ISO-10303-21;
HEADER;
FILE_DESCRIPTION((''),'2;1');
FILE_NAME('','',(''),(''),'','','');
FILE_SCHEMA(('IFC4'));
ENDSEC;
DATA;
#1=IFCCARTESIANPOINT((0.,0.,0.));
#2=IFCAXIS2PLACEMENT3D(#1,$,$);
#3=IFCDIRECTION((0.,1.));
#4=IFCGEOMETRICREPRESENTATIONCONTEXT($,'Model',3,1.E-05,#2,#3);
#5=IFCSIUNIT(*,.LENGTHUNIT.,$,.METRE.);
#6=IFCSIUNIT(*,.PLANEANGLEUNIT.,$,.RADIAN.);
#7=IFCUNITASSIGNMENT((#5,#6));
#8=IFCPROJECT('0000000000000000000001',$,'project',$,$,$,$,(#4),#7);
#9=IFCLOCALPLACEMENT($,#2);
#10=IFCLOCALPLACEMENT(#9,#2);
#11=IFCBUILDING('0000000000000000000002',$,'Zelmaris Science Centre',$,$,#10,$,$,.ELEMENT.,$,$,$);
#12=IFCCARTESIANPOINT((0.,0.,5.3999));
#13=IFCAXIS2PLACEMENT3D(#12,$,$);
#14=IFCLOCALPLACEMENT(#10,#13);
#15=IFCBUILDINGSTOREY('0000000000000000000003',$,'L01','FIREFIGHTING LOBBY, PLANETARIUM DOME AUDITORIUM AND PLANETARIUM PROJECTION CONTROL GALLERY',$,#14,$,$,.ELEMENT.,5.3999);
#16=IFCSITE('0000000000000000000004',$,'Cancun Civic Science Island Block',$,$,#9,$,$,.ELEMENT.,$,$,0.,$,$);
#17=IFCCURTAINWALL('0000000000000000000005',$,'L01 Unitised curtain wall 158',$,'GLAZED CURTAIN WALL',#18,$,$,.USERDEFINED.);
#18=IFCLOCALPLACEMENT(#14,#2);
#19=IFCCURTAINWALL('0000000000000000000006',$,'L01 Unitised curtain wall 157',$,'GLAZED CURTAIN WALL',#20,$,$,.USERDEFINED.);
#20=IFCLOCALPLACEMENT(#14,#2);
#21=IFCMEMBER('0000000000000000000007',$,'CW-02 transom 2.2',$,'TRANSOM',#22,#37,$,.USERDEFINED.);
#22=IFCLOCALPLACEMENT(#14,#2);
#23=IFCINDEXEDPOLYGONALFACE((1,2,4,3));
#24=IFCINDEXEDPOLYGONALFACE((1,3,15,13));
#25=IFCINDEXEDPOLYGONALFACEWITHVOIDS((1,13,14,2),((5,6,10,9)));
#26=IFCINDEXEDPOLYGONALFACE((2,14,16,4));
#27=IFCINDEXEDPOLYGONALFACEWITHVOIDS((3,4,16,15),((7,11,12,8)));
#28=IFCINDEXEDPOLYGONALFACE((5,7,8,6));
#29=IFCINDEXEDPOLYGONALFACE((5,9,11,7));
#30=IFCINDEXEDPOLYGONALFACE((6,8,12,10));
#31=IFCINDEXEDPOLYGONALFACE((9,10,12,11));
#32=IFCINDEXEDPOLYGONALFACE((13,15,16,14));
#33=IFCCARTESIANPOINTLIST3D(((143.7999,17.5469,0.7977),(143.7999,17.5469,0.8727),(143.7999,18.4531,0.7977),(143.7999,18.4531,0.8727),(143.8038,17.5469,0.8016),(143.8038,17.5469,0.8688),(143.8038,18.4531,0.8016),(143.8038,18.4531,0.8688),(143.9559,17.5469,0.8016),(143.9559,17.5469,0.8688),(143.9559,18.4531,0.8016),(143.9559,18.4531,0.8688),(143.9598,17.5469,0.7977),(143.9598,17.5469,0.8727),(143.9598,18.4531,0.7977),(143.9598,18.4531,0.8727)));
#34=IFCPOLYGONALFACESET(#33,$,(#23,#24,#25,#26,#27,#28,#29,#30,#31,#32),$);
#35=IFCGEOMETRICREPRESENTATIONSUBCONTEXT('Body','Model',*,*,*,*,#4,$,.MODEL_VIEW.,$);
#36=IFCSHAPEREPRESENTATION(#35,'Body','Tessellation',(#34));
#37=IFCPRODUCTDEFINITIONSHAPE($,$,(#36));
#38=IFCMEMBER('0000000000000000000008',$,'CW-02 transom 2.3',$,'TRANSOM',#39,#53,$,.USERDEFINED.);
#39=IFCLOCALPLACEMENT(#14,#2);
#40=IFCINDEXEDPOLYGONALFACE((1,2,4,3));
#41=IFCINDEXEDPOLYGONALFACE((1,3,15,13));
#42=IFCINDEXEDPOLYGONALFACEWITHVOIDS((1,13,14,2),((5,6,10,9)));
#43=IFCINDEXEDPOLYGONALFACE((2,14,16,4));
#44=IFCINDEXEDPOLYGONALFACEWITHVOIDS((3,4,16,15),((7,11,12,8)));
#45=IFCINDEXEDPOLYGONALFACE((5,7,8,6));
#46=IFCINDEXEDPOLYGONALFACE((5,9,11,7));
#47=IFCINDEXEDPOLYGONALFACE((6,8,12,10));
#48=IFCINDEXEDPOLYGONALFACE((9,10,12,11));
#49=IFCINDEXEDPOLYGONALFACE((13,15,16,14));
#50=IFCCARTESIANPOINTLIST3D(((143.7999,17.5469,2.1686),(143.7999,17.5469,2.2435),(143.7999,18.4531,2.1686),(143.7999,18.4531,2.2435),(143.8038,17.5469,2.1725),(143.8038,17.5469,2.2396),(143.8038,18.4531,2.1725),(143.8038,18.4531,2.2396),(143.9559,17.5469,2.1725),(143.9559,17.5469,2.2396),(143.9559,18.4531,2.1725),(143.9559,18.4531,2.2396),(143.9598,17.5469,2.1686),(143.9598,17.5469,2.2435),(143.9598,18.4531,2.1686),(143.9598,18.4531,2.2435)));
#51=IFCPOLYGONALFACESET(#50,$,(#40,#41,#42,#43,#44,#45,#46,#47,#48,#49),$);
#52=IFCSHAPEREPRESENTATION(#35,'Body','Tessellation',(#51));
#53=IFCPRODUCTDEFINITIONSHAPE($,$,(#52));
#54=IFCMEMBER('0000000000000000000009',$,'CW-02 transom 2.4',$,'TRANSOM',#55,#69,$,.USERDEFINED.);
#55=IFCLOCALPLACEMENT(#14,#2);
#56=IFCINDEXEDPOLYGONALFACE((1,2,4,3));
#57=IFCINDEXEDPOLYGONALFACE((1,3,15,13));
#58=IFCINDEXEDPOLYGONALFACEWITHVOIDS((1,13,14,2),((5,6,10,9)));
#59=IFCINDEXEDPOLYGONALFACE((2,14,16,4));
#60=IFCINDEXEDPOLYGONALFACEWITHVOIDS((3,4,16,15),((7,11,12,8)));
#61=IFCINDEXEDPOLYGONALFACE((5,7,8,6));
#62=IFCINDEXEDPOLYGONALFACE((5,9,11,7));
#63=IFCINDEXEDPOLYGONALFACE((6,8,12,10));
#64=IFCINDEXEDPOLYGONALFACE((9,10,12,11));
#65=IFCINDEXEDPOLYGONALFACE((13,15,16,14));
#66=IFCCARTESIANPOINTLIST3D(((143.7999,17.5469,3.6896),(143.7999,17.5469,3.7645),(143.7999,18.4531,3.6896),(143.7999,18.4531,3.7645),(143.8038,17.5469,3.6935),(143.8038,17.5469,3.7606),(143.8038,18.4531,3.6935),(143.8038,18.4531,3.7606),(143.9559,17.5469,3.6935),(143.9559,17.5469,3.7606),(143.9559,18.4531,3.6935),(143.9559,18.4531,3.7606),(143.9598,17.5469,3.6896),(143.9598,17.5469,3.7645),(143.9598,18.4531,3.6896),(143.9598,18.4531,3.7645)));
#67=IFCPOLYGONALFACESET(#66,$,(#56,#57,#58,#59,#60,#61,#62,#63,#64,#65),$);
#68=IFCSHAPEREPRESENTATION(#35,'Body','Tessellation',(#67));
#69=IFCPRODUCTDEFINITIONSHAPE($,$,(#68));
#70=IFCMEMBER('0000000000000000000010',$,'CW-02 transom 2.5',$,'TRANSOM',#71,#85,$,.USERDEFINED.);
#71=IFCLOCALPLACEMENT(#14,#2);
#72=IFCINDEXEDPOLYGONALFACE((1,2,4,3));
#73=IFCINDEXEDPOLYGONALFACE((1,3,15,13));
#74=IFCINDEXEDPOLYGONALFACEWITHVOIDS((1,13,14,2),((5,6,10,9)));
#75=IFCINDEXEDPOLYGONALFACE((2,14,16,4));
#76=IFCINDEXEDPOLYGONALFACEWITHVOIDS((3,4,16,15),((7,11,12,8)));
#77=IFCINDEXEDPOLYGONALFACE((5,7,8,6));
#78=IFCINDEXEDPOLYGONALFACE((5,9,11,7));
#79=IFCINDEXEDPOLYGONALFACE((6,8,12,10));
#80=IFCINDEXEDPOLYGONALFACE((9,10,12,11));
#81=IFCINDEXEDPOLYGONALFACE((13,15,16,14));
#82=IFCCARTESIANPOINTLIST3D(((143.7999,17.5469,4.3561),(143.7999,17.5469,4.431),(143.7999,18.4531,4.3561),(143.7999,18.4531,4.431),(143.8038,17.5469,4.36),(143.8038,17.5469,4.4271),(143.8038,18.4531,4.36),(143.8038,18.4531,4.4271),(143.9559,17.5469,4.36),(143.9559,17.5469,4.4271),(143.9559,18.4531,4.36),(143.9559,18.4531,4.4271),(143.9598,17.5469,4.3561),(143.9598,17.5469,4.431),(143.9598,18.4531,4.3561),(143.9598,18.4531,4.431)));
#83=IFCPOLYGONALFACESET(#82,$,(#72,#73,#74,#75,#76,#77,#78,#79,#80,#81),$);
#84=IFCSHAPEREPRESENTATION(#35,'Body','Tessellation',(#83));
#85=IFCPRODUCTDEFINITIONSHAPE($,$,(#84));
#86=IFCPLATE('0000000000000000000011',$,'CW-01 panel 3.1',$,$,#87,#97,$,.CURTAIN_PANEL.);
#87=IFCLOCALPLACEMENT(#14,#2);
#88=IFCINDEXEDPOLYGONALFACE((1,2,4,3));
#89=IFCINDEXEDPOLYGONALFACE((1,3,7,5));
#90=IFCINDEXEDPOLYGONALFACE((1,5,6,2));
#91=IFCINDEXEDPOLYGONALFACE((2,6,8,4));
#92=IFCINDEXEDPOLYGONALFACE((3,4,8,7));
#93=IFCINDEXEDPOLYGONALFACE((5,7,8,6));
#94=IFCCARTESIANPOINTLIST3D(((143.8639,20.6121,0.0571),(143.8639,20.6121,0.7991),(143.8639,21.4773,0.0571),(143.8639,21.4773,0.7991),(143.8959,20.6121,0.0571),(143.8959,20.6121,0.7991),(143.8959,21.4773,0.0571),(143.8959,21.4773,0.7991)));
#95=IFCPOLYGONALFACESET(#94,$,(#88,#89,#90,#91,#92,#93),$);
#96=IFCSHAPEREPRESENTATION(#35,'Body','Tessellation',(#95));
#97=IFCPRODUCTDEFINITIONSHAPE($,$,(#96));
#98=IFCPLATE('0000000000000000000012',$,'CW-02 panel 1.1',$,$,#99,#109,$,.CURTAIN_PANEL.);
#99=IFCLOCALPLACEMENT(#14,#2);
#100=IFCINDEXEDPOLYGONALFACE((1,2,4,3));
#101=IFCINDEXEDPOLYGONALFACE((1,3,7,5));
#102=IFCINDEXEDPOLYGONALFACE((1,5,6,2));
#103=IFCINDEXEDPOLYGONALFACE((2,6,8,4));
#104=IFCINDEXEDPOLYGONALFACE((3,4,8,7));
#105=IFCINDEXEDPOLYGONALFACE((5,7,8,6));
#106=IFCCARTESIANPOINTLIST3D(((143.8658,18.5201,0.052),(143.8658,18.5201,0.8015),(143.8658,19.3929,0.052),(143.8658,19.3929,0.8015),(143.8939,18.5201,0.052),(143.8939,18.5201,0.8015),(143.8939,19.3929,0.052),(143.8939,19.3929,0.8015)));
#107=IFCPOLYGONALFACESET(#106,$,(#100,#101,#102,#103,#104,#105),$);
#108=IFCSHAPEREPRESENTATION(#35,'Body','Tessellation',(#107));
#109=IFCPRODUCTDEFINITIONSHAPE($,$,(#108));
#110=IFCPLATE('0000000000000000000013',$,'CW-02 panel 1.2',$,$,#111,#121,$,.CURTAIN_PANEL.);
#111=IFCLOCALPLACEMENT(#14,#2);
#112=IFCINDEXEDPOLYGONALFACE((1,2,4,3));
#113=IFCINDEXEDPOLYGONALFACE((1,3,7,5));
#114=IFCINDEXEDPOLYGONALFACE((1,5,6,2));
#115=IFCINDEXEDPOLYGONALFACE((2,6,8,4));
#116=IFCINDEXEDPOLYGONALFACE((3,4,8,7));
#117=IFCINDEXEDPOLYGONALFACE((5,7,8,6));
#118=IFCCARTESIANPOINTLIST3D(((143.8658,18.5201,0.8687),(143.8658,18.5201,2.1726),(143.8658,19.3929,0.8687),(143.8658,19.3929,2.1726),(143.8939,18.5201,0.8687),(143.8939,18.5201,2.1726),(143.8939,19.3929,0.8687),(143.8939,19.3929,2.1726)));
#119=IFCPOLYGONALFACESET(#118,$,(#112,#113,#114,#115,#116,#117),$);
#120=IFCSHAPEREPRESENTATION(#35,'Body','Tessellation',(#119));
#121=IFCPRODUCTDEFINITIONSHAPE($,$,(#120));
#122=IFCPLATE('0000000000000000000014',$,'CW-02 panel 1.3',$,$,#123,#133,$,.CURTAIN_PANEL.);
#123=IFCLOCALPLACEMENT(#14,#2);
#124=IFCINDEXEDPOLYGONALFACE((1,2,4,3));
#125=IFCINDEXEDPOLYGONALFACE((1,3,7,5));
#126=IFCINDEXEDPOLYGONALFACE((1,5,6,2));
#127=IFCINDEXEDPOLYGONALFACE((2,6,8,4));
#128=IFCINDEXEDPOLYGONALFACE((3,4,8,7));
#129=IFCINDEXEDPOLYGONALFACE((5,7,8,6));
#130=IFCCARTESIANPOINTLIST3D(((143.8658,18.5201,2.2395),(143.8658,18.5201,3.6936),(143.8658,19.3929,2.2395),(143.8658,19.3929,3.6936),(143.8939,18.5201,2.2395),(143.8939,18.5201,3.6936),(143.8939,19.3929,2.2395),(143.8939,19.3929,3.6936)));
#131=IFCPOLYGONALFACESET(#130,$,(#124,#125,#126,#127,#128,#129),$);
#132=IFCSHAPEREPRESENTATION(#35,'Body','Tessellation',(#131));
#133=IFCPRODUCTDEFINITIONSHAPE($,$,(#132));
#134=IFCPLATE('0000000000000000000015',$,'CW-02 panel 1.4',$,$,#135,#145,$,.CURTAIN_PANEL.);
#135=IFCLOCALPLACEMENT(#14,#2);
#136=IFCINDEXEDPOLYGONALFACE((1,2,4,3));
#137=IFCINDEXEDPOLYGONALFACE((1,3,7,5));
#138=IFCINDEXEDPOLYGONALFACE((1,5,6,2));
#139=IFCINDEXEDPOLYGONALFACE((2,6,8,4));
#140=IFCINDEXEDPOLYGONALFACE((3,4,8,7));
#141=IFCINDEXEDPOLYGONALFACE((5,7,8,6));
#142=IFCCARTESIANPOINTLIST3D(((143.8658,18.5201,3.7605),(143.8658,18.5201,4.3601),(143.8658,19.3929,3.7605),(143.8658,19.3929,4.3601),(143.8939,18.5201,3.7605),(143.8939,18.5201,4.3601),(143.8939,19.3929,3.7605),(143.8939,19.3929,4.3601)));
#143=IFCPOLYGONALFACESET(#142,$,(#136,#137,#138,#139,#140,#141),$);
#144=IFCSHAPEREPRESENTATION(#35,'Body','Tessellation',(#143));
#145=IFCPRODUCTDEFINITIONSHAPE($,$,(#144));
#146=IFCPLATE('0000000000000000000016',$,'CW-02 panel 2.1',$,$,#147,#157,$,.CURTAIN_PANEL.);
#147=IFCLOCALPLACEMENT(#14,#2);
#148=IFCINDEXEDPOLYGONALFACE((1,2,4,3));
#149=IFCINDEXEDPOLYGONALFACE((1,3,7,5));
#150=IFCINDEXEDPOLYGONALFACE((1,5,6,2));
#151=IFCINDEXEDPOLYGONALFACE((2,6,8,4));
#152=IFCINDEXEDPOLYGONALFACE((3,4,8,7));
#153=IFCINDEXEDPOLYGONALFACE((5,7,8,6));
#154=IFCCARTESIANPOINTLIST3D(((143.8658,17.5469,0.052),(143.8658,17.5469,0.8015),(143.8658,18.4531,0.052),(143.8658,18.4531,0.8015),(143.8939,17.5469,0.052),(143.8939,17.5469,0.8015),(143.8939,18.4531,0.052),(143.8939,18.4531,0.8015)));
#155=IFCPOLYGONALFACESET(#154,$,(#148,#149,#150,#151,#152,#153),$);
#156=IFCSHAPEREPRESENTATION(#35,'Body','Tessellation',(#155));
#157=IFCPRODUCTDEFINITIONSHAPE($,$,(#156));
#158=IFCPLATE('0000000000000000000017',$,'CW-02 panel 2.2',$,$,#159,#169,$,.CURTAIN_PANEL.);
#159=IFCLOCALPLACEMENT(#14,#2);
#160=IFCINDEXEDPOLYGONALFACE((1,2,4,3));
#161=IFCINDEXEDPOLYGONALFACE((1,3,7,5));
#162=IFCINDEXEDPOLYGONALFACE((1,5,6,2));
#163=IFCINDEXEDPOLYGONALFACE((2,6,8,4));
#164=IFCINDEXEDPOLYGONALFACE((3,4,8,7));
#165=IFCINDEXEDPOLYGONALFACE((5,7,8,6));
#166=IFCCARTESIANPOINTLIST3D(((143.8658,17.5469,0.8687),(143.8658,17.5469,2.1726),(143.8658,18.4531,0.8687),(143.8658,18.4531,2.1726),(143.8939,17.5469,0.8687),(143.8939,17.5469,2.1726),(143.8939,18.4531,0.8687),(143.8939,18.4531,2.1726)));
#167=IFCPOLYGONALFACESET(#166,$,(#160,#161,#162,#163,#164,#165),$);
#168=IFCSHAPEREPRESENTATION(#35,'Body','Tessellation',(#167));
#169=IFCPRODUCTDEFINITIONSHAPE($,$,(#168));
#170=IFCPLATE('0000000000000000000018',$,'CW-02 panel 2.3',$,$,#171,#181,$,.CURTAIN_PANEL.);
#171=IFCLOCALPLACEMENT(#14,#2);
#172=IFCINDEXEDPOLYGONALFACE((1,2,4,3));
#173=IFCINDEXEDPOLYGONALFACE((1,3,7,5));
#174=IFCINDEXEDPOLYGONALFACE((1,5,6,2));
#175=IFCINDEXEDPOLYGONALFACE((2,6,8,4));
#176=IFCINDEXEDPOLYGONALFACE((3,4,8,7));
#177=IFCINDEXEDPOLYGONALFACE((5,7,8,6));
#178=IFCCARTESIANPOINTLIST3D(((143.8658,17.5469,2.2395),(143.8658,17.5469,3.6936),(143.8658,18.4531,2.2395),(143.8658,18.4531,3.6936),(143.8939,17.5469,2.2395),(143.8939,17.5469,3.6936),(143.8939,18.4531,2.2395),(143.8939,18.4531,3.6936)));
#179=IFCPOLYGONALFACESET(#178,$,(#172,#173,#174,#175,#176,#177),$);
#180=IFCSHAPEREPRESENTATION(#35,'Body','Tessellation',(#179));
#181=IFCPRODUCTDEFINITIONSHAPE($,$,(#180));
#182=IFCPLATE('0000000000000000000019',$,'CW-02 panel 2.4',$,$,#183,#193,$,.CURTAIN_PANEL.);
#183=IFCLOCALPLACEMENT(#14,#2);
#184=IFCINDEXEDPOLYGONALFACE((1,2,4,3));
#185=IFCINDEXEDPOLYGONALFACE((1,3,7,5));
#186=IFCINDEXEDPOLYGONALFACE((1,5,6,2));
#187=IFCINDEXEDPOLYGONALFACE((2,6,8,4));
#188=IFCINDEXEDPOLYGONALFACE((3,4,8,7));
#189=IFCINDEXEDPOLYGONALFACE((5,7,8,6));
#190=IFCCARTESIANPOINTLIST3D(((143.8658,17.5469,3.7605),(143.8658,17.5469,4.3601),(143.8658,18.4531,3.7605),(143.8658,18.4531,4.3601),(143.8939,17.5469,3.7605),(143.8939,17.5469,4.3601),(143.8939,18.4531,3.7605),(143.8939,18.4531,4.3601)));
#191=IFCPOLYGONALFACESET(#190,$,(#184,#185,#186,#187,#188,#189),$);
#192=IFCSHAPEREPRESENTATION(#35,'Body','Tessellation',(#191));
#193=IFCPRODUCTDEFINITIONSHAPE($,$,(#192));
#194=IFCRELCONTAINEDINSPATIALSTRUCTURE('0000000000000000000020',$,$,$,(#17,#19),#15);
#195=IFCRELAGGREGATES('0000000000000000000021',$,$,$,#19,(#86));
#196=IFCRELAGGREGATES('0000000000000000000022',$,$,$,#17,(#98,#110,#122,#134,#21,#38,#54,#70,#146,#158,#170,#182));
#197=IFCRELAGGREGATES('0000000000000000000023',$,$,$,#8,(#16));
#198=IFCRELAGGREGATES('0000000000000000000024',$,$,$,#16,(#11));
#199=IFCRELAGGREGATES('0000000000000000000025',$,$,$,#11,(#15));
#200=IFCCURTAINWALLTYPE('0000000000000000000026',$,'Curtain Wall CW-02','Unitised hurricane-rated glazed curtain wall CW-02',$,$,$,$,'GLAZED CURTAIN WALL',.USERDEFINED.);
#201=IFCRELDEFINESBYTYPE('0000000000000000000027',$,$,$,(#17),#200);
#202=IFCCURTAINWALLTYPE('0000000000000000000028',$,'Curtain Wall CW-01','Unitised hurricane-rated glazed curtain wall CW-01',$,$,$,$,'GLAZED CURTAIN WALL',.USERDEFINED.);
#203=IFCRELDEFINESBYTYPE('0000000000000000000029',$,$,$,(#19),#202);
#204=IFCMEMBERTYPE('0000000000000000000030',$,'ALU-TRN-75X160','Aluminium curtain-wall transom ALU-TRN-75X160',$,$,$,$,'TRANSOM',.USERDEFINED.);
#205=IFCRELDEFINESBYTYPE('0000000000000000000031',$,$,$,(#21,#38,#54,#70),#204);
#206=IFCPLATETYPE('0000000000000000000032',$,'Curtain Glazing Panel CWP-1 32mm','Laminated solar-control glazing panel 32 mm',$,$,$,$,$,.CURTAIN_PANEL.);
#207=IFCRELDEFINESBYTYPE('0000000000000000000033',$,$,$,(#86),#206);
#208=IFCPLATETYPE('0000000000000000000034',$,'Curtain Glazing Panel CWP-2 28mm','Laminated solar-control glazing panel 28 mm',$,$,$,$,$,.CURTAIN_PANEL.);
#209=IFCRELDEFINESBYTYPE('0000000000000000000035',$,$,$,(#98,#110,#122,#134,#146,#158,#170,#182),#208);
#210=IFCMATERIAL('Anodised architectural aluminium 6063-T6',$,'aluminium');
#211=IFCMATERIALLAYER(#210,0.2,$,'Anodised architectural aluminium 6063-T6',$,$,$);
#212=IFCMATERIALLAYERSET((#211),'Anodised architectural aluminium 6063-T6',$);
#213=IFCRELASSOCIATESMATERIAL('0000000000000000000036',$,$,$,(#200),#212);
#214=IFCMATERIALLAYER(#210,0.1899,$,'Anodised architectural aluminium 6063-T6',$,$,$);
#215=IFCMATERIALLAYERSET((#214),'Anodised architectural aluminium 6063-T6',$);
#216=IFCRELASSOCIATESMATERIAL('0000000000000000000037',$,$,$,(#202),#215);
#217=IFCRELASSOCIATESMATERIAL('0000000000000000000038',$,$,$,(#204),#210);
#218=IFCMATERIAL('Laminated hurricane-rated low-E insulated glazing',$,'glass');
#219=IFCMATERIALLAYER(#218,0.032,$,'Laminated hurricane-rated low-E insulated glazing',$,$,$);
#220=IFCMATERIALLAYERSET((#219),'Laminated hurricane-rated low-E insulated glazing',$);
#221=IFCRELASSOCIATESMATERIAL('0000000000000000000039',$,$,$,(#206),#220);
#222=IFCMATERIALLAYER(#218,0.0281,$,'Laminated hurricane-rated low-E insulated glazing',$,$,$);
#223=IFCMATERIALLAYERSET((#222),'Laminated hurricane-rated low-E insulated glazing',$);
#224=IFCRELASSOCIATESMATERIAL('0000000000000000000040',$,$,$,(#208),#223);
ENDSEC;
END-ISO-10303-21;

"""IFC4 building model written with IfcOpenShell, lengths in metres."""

from ifc_helpers import new_model, si_unit, direction, frame, origin, origin_2d, place, context, subcontext, project, spatial, rectangle, hollow_rectangle, extrude, material, layer, layer_set, material_profile, profile_set, type_object, element, aggregate, save


model = new_model("IFC4")

# Units and contexts
model_context = context("Model", 3, precision=1e-05, world=origin(), true_north=direction((0.0, 1.0)))
body_context = subcontext(model_context, "Body", "Model", "MODEL_VIEW")
ifc_project = project(units=[si_unit("LENGTHUNIT", "METRE"), si_unit("PLANEANGLEUNIT", "RADIAN")], contexts=[model_context])

# Site, building, storey
site_placement = place(None, origin())
site = spatial("IfcSite", under=ifc_project, at=site_placement, Name="Cancun Civic Science Island Block", CompositionType="ELEMENT", RefElevation=0.0)
building_placement = place(site_placement, origin())
building = spatial("IfcBuilding", under=site, at=building_placement, Name="Zelmaris Science Centre", CompositionType="ELEMENT")
storey_placement = place(building_placement, frame((0.0, 0.0, 5.3999)))
storey = spatial("IfcBuildingStorey", under=building, at=storey_placement, Name="L01", Description="FIREFIGHTING LOBBY, PLANETARIUM DOME AUDITORIUM AND PLANETARIUM PROJECTION CONTROL GALLERY", CompositionType="ELEMENT", Elevation=5.3999)

# Curtain wall
ifc_material_1 = material(Name="Anodised architectural aluminium 6063-T6", Category="aluminium")
ifc_layer_1 = layer(ifc_material_1, 0.2, Name="Anodised architectural aluminium 6063-T6")
ifc_layer_set_1 = layer_set([ifc_layer_1], Name="Anodised architectural aluminium 6063-T6")
curtain_wall_type_1 = type_object("IfcCurtainWallType", Name="Curtain Wall CW-02", Description="Unitised hurricane-rated glazed curtain wall CW-02", ElementType="GLAZED CURTAIN WALL", PredefinedType="USERDEFINED", material=ifc_layer_set_1)
curtain_wall_1_placement = place(storey_placement, origin())
curtain_wall_1 = element("IfcCurtainWall", 1, at=curtain_wall_1_placement, inside=storey, type_object=curtain_wall_type_1, Name="L01 Unitised curtain wall 158", ObjectType="GLAZED CURTAIN WALL", PredefinedType="USERDEFINED")

# Curtain wall
ifc_layer_2 = layer(ifc_material_1, 0.1899, Name="Anodised architectural aluminium 6063-T6")
ifc_layer_set_2 = layer_set([ifc_layer_2], Name="Anodised architectural aluminium 6063-T6")
curtain_wall_type_2 = type_object("IfcCurtainWallType", Name="Curtain Wall CW-01", Description="Unitised hurricane-rated glazed curtain wall CW-01", ElementType="GLAZED CURTAIN WALL", PredefinedType="USERDEFINED", material=ifc_layer_set_2)
curtain_wall_2_placement = place(storey_placement, origin())
curtain_wall_2 = element("IfcCurtainWall", 2, at=curtain_wall_2_placement, inside=storey, type_object=curtain_wall_type_2, Name="L01 Unitised curtain wall 157", ObjectType="GLAZED CURTAIN WALL", PredefinedType="USERDEFINED")

# Members
ifc_material_profile_1 = material_profile(ifc_material_1, hollow_rectangle(XDim=0.075, YDim=0.1599, WallThickness=0.0039, at=origin_2d()), Name="ALU-TRN-75X160")
ifc_profile_set_1 = profile_set([ifc_material_profile_1], Name="Anodised architectural aluminium 6063-T6")
member_type_1 = type_object("IfcMemberType", Name="ALU-TRN-75X160", Description="Aluminium curtain-wall transom ALU-TRN-75X160", ElementType="TRANSOM", PredefinedType="USERDEFINED", material=ifc_profile_set_1)
member_1_placement = place(storey_placement, frame((143.8799, 18.4531, 0.8352), z_axis=(0.0, -1.0, 0.0), x_axis=(0.0, 0.0, 1.0)))
member_1 = element("IfcMember", 3, at=member_1_placement, type_object=member_type_1, Name="CW-02 transom 2.2", ObjectType="TRANSOM", PredefinedType="USERDEFINED", context=body_context, shape_type="SweptSolid", body=[
    extrude(hollow_rectangle(XDim=0.075, YDim=0.1599, WallThickness=0.0039, at=origin_2d()), origin(), (0.0, 0.0, 1.0), 0.9062),
])
member_2_placement = place(storey_placement, frame((143.8799, 18.4531, 2.2061), z_axis=(0.0, -1.0, 0.0), x_axis=(0.0, 0.0, 1.0)))
member_2 = element("IfcMember", 4, at=member_2_placement, type_object=member_type_1, Name="CW-02 transom 2.3", ObjectType="TRANSOM", PredefinedType="USERDEFINED", context=body_context, shape_type="SweptSolid", body=[
    extrude(hollow_rectangle(XDim=0.075, YDim=0.1599, WallThickness=0.0039, at=origin_2d()), origin(), (0.0, 0.0, 1.0), 0.9062),
])
member_3_placement = place(storey_placement, frame((143.8799, 18.4531, 3.7271), z_axis=(0.0, -1.0, 0.0), x_axis=(0.0, 0.0, 1.0)))
member_3 = element("IfcMember", 5, at=member_3_placement, type_object=member_type_1, Name="CW-02 transom 2.4", ObjectType="TRANSOM", PredefinedType="USERDEFINED", context=body_context, shape_type="SweptSolid", body=[
    extrude(hollow_rectangle(XDim=0.075, YDim=0.1599, WallThickness=0.0039, at=origin_2d()), origin(), (0.0, 0.0, 1.0), 0.9062),
])
member_4_placement = place(storey_placement, frame((143.8799, 18.4531, 4.3936), z_axis=(0.0, -1.0, 0.0), x_axis=(0.0, 0.0, 1.0)))
member_4 = element("IfcMember", 6, at=member_4_placement, type_object=member_type_1, Name="CW-02 transom 2.5", ObjectType="TRANSOM", PredefinedType="USERDEFINED", context=body_context, shape_type="SweptSolid", body=[
    extrude(hollow_rectangle(XDim=0.075, YDim=0.1599, WallThickness=0.0039, at=origin_2d()), origin(), (0.0, 0.0, 1.0), 0.9062),
])

# Plates
ifc_material_2 = material(Name="Laminated hurricane-rated low-E insulated glazing", Category="glass")
ifc_layer_3 = layer(ifc_material_2, 0.032, Name="Laminated hurricane-rated low-E insulated glazing")
ifc_layer_set_3 = layer_set([ifc_layer_3], Name="Laminated hurricane-rated low-E insulated glazing")
plate_type_1 = type_object("IfcPlateType", Name="Curtain Glazing Panel CWP-1 32mm", Description="Laminated solar-control glazing panel 32 mm", PredefinedType="CURTAIN_PANEL", material=ifc_layer_set_3)
plate_1_placement = place(storey_placement, frame((143.8799, 21.0447, 0.0571), z_axis=(0.0, 0.0, 1.0), x_axis=(0.0, -1.0, 0.0)))
plate_1 = element("IfcPlate", 7, at=plate_1_placement, type_object=plate_type_1, Name="CW-01 panel 3.1", PredefinedType="CURTAIN_PANEL", context=body_context, shape_type="SweptSolid", body=[
    extrude(rectangle(XDim=0.8652, YDim=0.032, at=origin_2d()), origin(), (0.0, 0.0, 1.0), 0.7419),
])
aggregate(curtain_wall_2, [plate_1])
ifc_layer_4 = layer(ifc_material_2, 0.0281, Name="Laminated hurricane-rated low-E insulated glazing")
ifc_layer_set_4 = layer_set([ifc_layer_4], Name="Laminated hurricane-rated low-E insulated glazing")
plate_type_2 = type_object("IfcPlateType", Name="Curtain Glazing Panel CWP-2 28mm", Description="Laminated solar-control glazing panel 28 mm", PredefinedType="CURTAIN_PANEL", material=ifc_layer_set_4)
plate_2_placement = place(storey_placement, frame((143.8799, 18.9565, 0.052), z_axis=(0.0, 0.0, 1.0), x_axis=(0.0, -1.0, 0.0)))
plate_2 = element("IfcPlate", 8, at=plate_2_placement, type_object=plate_type_2, Name="CW-02 panel 1.1", PredefinedType="CURTAIN_PANEL", context=body_context, shape_type="SweptSolid", body=[
    extrude(rectangle(XDim=0.8728, YDim=0.0281, at=origin_2d()), origin(), (0.0, 0.0, 1.0), 0.7495),
])
plate_3_placement = place(storey_placement, frame((143.8799, 18.9565, 0.8687), z_axis=(0.0, 0.0, 1.0), x_axis=(0.0, -1.0, 0.0)))
plate_3 = element("IfcPlate", 9, at=plate_3_placement, type_object=plate_type_2, Name="CW-02 panel 1.2", PredefinedType="CURTAIN_PANEL", context=body_context, shape_type="SweptSolid", body=[
    extrude(rectangle(XDim=0.8728, YDim=0.0281, at=origin_2d()), origin(), (0.0, 0.0, 1.0), 1.304),
])
plate_4_placement = place(storey_placement, frame((143.8799, 18.9565, 2.2395), z_axis=(0.0, 0.0, 1.0), x_axis=(0.0, -1.0, 0.0)))
plate_4 = element("IfcPlate", 10, at=plate_4_placement, type_object=plate_type_2, Name="CW-02 panel 1.3", PredefinedType="CURTAIN_PANEL", context=body_context, shape_type="SweptSolid", body=[
    extrude(rectangle(XDim=0.8728, YDim=0.0281, at=origin_2d()), origin(), (0.0, 0.0, 1.0), 1.4541),
])
plate_5_placement = place(storey_placement, frame((143.8799, 18.9565, 3.7605), z_axis=(0.0, 0.0, 1.0), x_axis=(0.0, -1.0, 0.0)))
plate_5 = element("IfcPlate", 11, at=plate_5_placement, type_object=plate_type_2, Name="CW-02 panel 1.4", PredefinedType="CURTAIN_PANEL", context=body_context, shape_type="SweptSolid", body=[
    extrude(rectangle(XDim=0.8728, YDim=0.0281, at=origin_2d()), origin(), (0.0, 0.0, 1.0), 0.5996),
])
plate_6_placement = place(storey_placement, frame((143.8799, 18.0, 0.052), z_axis=(0.0, 0.0, 1.0), x_axis=(0.0, -1.0, 0.0)))
plate_6 = element("IfcPlate", 12, at=plate_6_placement, type_object=plate_type_2, Name="CW-02 panel 2.1", PredefinedType="CURTAIN_PANEL", context=body_context, shape_type="SweptSolid", body=[
    extrude(rectangle(XDim=0.9062, YDim=0.0281, at=origin_2d()), origin(), (0.0, 0.0, 1.0), 0.7495),
])
plate_7_placement = place(storey_placement, frame((143.8799, 18.0, 0.8687), z_axis=(0.0, 0.0, 1.0), x_axis=(0.0, -1.0, 0.0)))
plate_7 = element("IfcPlate", 13, at=plate_7_placement, type_object=plate_type_2, Name="CW-02 panel 2.2", PredefinedType="CURTAIN_PANEL", context=body_context, shape_type="SweptSolid", body=[
    extrude(rectangle(XDim=0.9062, YDim=0.0281, at=origin_2d()), origin(), (0.0, 0.0, 1.0), 1.304),
])
plate_8_placement = place(storey_placement, frame((143.8799, 18.0, 2.2395), z_axis=(0.0, 0.0, 1.0), x_axis=(0.0, -1.0, 0.0)))
plate_8 = element("IfcPlate", 14, at=plate_8_placement, type_object=plate_type_2, Name="CW-02 panel 2.3", PredefinedType="CURTAIN_PANEL", context=body_context, shape_type="SweptSolid", body=[
    extrude(rectangle(XDim=0.9062, YDim=0.0281, at=origin_2d()), origin(), (0.0, 0.0, 1.0), 1.4541),
])
plate_9_placement = place(storey_placement, frame((143.8799, 18.0, 3.7605), z_axis=(0.0, 0.0, 1.0), x_axis=(0.0, -1.0, 0.0)))
plate_9 = element("IfcPlate", 15, at=plate_9_placement, type_object=plate_type_2, Name="CW-02 panel 2.4", PredefinedType="CURTAIN_PANEL", context=body_context, shape_type="SweptSolid", body=[
    extrude(rectangle(XDim=0.9062, YDim=0.0281, at=origin_2d()), origin(), (0.0, 0.0, 1.0), 0.5996),
])
aggregate(curtain_wall_1, [plate_2, plate_3, plate_4, plate_5, member_1, member_2, member_3, member_4, plate_6, plate_7, plate_8, plate_9])

save(model, "model.ifc")
